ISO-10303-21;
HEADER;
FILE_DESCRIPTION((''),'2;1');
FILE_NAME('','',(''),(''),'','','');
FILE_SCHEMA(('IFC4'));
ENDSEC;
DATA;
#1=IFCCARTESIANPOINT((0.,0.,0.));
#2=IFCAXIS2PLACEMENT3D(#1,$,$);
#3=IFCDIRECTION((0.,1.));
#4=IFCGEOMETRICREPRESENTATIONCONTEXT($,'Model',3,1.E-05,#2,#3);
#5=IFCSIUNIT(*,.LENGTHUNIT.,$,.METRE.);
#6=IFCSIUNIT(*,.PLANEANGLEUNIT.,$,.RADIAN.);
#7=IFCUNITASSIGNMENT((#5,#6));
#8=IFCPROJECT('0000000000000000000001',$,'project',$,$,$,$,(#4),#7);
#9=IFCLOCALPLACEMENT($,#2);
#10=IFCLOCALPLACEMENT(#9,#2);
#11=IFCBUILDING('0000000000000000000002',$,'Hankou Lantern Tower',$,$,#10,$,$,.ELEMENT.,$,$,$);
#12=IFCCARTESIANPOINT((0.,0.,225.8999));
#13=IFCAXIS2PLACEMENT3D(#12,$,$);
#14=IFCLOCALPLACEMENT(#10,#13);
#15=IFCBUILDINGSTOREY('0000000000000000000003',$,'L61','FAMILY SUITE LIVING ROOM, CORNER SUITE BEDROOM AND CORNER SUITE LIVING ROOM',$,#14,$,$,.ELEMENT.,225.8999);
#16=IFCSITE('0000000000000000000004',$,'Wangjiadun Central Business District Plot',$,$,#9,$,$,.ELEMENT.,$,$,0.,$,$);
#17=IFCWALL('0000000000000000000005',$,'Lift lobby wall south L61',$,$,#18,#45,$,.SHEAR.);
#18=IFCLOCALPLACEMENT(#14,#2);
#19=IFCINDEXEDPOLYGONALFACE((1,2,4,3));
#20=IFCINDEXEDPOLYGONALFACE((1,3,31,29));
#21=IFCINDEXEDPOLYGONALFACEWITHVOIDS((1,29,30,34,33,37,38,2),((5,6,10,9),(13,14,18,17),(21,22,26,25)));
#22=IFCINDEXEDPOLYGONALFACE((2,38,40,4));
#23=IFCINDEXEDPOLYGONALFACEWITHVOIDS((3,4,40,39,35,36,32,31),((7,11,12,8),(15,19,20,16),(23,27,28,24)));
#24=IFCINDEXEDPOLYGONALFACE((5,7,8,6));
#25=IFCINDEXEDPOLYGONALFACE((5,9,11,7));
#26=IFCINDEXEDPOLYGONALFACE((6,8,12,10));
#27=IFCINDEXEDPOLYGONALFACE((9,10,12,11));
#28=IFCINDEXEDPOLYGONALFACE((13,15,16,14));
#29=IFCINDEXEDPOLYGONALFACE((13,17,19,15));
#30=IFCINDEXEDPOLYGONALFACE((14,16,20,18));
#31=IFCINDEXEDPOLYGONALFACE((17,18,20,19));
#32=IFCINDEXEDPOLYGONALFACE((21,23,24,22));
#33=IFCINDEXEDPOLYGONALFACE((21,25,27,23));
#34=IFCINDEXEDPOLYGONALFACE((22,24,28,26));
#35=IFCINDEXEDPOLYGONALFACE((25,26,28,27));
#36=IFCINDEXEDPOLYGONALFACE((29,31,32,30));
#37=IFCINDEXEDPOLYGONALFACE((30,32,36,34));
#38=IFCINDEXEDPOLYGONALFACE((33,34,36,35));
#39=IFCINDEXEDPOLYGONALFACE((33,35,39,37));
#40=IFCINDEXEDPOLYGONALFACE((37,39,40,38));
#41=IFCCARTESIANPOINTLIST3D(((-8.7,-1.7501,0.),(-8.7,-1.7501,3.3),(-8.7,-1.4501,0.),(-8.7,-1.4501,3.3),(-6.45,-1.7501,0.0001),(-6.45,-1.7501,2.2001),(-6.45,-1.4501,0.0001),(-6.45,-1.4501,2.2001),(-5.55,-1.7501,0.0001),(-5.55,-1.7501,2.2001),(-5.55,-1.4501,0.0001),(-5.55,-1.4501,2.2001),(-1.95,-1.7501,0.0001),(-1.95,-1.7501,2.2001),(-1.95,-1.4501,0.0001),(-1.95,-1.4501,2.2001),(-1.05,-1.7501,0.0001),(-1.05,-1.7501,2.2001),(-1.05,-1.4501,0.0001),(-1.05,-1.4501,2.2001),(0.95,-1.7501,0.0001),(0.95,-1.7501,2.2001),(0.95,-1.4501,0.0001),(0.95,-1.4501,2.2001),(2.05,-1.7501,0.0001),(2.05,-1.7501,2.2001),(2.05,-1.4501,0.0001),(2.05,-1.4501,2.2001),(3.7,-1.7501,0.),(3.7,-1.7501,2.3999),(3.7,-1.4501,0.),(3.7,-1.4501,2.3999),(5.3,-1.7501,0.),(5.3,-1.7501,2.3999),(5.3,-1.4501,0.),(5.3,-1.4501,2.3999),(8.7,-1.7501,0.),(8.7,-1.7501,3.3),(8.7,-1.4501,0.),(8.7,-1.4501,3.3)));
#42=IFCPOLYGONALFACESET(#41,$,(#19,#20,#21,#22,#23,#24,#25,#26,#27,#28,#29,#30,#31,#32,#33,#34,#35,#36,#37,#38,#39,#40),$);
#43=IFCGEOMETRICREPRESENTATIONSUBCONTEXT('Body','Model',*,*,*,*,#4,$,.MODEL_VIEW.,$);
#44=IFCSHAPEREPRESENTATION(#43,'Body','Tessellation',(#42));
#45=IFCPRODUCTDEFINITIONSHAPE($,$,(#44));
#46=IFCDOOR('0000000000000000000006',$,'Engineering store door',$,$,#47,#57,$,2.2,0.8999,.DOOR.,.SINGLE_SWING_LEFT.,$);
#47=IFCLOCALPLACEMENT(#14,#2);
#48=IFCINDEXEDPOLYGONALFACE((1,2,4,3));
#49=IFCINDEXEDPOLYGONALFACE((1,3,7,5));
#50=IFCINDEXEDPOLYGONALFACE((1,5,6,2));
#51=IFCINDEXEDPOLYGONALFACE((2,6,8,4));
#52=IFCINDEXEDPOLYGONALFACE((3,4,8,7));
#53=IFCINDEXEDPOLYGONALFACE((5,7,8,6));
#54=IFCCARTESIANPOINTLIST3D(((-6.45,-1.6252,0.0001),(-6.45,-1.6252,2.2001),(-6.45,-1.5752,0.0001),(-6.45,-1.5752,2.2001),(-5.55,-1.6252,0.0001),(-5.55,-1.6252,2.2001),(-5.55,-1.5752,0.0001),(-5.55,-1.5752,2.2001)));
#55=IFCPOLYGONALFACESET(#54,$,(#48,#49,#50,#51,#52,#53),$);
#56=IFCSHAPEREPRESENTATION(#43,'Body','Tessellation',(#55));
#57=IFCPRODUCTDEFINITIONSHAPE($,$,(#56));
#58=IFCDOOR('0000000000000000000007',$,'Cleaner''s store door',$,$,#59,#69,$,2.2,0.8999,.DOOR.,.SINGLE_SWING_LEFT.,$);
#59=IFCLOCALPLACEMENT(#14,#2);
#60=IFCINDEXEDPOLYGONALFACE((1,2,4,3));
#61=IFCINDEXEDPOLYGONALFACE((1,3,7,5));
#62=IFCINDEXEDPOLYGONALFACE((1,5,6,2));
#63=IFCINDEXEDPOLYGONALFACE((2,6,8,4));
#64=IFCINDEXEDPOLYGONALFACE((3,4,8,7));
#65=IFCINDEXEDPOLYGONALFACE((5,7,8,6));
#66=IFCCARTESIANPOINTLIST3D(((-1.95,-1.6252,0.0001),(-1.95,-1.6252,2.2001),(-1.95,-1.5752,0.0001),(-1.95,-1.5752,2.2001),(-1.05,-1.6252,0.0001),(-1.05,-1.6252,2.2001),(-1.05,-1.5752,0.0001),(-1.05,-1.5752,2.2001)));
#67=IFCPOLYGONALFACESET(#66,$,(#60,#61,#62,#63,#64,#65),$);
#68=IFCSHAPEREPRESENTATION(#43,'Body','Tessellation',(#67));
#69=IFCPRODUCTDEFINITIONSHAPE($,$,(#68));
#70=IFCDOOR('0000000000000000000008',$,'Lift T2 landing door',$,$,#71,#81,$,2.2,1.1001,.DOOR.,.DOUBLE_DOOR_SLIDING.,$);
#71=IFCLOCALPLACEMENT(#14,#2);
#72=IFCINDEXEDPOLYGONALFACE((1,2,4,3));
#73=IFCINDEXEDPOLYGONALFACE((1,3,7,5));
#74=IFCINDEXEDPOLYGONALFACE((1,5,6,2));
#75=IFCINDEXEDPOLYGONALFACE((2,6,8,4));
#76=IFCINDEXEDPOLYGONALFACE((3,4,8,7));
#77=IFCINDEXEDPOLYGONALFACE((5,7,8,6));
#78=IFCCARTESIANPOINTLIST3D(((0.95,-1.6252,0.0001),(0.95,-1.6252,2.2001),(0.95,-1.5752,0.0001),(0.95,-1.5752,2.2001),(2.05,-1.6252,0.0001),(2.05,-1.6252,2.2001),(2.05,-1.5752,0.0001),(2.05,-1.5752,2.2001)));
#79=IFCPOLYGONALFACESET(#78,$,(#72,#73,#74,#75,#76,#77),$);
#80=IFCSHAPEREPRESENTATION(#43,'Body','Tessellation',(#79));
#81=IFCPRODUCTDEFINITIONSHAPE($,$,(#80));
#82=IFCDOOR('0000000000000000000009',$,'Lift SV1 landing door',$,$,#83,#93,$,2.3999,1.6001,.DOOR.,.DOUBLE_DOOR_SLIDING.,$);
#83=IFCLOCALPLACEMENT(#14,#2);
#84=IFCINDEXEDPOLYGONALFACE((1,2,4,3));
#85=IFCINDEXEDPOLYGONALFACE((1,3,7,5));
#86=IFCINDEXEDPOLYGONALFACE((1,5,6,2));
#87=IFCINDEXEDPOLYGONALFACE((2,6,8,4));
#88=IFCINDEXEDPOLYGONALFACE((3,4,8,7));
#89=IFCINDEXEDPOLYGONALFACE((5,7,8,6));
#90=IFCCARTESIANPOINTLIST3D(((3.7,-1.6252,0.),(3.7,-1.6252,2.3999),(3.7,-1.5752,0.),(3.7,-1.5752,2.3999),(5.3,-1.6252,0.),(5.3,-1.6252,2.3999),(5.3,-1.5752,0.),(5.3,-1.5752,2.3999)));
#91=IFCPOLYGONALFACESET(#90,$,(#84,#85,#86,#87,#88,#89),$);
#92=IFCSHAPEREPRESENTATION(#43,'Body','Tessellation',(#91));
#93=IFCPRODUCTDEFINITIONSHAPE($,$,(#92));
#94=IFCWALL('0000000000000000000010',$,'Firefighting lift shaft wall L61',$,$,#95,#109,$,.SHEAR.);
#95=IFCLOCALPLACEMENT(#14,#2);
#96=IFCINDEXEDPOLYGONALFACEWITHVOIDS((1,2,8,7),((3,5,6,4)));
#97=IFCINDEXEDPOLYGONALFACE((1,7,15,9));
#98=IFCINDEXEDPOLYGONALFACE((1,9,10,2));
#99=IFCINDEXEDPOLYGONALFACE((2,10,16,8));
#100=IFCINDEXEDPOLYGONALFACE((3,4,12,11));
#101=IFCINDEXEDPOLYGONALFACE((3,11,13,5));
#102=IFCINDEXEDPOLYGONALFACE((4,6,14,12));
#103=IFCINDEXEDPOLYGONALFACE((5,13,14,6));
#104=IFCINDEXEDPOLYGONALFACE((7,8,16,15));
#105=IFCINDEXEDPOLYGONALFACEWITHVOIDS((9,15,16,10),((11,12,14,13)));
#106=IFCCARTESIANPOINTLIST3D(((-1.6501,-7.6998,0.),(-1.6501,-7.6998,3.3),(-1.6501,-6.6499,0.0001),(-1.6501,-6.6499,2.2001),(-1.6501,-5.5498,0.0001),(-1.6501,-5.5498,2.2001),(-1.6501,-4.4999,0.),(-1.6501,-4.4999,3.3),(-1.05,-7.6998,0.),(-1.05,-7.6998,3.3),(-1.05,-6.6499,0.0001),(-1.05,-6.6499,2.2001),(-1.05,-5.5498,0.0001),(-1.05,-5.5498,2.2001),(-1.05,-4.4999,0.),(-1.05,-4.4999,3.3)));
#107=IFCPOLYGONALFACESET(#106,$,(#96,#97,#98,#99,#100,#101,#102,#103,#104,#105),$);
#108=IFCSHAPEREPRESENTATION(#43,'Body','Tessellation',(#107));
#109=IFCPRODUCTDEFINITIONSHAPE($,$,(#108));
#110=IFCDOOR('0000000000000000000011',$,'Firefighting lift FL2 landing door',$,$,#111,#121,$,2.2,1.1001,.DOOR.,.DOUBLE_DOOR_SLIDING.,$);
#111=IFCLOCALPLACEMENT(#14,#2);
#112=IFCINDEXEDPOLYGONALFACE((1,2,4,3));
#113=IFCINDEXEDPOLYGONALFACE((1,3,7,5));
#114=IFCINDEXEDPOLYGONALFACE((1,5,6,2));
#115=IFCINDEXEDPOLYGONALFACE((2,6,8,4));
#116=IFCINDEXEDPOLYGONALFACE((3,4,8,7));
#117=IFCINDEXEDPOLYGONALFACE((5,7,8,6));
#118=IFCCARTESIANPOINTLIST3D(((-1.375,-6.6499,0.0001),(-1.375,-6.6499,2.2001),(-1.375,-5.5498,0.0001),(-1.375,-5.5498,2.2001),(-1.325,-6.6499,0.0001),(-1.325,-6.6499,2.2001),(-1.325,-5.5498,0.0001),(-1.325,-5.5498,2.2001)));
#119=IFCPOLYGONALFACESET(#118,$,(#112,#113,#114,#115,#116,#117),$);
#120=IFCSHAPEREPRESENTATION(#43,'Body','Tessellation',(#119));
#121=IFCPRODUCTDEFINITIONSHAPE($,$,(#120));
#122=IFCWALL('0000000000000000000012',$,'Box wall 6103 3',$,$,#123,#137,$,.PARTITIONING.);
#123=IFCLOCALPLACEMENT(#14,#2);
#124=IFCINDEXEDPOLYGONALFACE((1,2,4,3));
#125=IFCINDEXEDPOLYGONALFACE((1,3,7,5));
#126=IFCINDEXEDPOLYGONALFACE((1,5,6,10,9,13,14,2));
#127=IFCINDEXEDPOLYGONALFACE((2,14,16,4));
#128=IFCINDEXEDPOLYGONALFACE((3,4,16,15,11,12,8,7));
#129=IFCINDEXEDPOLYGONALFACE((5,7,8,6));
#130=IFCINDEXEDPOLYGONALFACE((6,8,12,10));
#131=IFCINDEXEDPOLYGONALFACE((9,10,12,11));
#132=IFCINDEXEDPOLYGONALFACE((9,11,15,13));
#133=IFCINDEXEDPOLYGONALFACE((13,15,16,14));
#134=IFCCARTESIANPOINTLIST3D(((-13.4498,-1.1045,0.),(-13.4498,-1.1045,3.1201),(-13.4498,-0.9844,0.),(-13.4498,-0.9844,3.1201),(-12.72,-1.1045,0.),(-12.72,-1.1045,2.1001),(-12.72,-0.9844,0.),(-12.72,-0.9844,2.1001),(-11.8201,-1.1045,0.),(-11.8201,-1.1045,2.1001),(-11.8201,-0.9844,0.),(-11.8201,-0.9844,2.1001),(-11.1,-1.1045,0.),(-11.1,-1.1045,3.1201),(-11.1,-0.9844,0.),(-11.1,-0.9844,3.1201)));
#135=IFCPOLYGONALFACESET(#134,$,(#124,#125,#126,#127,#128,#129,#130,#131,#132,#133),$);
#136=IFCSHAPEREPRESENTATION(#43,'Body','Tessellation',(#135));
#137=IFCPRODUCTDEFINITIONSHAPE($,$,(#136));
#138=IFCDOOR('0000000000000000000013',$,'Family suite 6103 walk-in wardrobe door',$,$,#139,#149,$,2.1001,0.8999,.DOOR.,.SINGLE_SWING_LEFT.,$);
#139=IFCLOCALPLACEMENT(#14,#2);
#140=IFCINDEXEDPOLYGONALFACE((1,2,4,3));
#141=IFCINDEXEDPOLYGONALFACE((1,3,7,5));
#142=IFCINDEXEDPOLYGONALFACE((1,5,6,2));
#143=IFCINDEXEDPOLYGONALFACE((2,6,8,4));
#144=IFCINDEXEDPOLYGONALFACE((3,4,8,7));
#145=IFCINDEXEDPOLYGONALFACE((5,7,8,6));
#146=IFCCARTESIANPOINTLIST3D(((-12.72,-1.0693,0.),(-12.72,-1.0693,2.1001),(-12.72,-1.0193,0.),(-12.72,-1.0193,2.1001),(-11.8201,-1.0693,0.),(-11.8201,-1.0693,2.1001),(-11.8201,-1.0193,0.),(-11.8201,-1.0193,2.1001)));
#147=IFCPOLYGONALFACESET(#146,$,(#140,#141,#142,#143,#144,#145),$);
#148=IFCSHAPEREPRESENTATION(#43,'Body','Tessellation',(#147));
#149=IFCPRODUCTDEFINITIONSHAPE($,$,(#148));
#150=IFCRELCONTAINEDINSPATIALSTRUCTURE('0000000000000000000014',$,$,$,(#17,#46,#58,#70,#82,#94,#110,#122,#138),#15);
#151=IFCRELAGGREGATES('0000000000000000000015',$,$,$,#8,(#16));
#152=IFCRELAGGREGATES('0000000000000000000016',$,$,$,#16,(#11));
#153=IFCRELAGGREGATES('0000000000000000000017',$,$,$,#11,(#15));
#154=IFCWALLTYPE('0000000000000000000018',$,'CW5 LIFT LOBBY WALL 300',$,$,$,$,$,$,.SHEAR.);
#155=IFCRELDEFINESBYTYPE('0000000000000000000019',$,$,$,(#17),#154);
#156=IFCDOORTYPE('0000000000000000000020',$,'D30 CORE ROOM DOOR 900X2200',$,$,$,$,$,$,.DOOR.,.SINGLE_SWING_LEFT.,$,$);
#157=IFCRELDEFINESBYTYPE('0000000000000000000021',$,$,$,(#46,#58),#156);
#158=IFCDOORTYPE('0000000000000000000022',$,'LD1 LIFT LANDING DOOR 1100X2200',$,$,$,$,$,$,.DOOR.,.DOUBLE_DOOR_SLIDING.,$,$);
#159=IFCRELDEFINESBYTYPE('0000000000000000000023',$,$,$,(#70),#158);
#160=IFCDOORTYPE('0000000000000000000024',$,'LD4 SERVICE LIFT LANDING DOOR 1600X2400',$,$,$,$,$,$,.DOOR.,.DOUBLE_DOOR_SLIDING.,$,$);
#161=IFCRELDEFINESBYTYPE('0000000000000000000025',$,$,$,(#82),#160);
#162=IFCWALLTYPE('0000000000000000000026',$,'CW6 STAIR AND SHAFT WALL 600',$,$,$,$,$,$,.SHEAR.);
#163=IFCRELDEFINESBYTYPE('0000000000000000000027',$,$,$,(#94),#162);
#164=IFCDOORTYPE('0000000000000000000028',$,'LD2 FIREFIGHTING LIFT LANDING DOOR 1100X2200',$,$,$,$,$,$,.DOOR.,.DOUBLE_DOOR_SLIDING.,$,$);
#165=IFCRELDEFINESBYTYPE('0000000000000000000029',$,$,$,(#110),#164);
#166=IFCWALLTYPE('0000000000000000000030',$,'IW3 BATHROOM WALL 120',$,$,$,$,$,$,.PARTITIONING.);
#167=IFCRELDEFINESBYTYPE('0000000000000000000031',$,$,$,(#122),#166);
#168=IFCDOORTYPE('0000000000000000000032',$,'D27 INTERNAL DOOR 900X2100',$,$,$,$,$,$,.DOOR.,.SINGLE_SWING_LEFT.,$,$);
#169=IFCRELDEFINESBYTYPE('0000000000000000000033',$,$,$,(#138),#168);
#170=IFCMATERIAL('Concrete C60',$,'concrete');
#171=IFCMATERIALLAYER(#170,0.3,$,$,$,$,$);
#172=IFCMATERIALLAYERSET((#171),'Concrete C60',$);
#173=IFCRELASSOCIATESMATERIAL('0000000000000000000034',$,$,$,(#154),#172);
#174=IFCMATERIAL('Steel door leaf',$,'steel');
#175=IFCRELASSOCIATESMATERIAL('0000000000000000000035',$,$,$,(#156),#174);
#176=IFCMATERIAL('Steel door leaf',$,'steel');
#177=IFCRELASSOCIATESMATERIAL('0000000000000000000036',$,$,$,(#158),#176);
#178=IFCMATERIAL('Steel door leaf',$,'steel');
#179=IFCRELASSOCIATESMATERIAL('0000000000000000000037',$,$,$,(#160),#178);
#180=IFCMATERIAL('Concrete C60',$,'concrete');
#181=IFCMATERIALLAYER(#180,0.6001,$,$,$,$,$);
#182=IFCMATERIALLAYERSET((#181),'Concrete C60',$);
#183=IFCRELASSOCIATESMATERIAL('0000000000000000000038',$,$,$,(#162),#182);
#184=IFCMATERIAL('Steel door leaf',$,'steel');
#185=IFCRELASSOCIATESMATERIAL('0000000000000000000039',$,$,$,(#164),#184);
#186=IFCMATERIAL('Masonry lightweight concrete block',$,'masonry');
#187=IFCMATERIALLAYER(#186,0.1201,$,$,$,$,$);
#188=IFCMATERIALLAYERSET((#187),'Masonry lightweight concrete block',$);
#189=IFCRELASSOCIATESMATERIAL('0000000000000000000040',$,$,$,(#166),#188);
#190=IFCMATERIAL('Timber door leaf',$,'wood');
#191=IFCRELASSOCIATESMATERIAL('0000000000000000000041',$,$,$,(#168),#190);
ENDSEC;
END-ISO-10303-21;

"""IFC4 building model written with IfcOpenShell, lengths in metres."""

from ifc_helpers import new_model, si_unit, direction, frame, frame_2d, origin, place, context, subcontext, project, spatial, rectangle, extrude, material, layer, layer_set, type_object, element, fill, save


model = new_model("IFC4")

# Units and contexts
model_context = context("Model", 3, precision=1e-05, world=origin(), true_north=direction((0.0, 1.0)))
body_context = subcontext(model_context, "Body", "Model", "MODEL_VIEW")
ifc_project = project(units=[si_unit("LENGTHUNIT", "METRE"), si_unit("PLANEANGLEUNIT", "RADIAN")], contexts=[model_context])

# Site, building, storey
site_placement = place(None, origin())
site = spatial("IfcSite", under=ifc_project, at=site_placement, Name="Wangjiadun Central Business District Plot", CompositionType="ELEMENT", RefElevation=0.0)
building_placement = place(site_placement, origin())
building = spatial("IfcBuilding", under=site, at=building_placement, Name="Hankou Lantern Tower", CompositionType="ELEMENT")
storey_placement = place(building_placement, frame((0.0, 0.0, 225.8999)))
storey = spatial("IfcBuildingStorey", under=building, at=storey_placement, Name="L61", Description="FAMILY SUITE LIVING ROOM, CORNER SUITE BEDROOM AND CORNER SUITE LIVING ROOM", CompositionType="ELEMENT", Elevation=225.8999)

# Wall, openings, doors
ifc_material_1 = material(Name="Concrete C60", Category="concrete")
ifc_layer_1 = layer(ifc_material_1, 0.3)
ifc_layer_set_1 = layer_set([ifc_layer_1], Name="Concrete C60")
wall_type_1 = type_object("IfcWallType", Name="CW5 LIFT LOBBY WALL 300", PredefinedType="SHEAR", material=ifc_layer_set_1)
wall_1_placement = place(storey_placement, frame((-8.7, -1.6001, 0.0), z_axis=(0.0, 0.0, 1.0), x_axis=(1.0, 0.0, 0.0)))
wall_1 = element("IfcWall", 1, at=wall_1_placement, inside=storey, type_object=wall_type_1, Name="Lift lobby wall south L61", PredefinedType="SHEAR", context=body_context, shape_type="SweptSolid", body=[
    extrude(rectangle(XDim=17.3999, YDim=0.3, at=frame_2d((8.7, 0.0))), origin(), (0.0, 0.0, 1.0), 3.3),
])
opening_1_placement = place(wall_1_placement, frame((9.6499, 0.0, 0.0)))
opening_1 = element("IfcOpeningElement", 2, at=opening_1_placement, cuts=wall_1, PredefinedType="OPENING", context=body_context, shape_type="SweptSolid", body=[
    extrude(rectangle(XDim=1.1001, YDim=2.2, at=frame_2d((0.55, 1.1001))), frame((0.0, 0.1599, 0.0), z_axis=(0.0, -1.0, 0.0), x_axis=(1.0, 0.0, 0.0)), (0.0, 0.0, 1.0), 0.3201),
])
opening_2_placement = place(wall_1_placement, frame((12.3999, 0.0, 0.0)))
opening_2 = element("IfcOpeningElement", 3, at=opening_2_placement, cuts=wall_1, PredefinedType="OPENING", context=body_context, shape_type="SweptSolid", body=[
    extrude(rectangle(XDim=1.6001, YDim=2.3999, at=frame_2d((0.8, 1.2))), frame((0.0, 0.1599, 0.0), z_axis=(0.0, -1.0, 0.0), x_axis=(1.0, 0.0, 0.0)), (0.0, 0.0, 1.0), 0.3201),
])
opening_3_placement = place(wall_1_placement, frame((2.25, 0.0, 0.0)))
opening_3 = element("IfcOpeningElement", 4, at=opening_3_placement, cuts=wall_1, PredefinedType="OPENING", context=body_context, shape_type="SweptSolid", body=[
    extrude(rectangle(XDim=0.8999, YDim=2.2, at=frame_2d((0.45, 1.1001))), frame((0.0, 0.1599, 0.0), z_axis=(0.0, -1.0, 0.0), x_axis=(1.0, 0.0, 0.0)), (0.0, 0.0, 1.0), 0.3201),
])
opening_4_placement = place(wall_1_placement, frame((6.75, 0.0, 0.0)))
opening_4 = element("IfcOpeningElement", 5, at=opening_4_placement, cuts=wall_1, PredefinedType="OPENING", context=body_context, shape_type="SweptSolid", body=[
    extrude(rectangle(XDim=0.8999, YDim=2.2, at=frame_2d((0.45, 1.1001))), frame((0.0, 0.1599, 0.0), z_axis=(0.0, -1.0, 0.0), x_axis=(1.0, 0.0, 0.0)), (0.0, 0.0, 1.0), 0.3201),
])
ifc_material_2 = material(Name="Steel door leaf", Category="steel")
door_type_1 = type_object("IfcDoorType", Name="D30 CORE ROOM DOOR 900X2200", OperationType="SINGLE_SWING_LEFT", PredefinedType="DOOR", material=ifc_material_2)
door_1_placement = place(opening_3_placement, origin())
door_1 = element("IfcDoor", 6, at=door_1_placement, inside=storey, type_object=door_type_1, Name="Engineering store door", OperationType="SINGLE_SWING_LEFT", OverallHeight=2.2, OverallWidth=0.8999, PredefinedType="DOOR", context=body_context, shape_type="SweptSolid", body=[
    extrude(rectangle(XDim=0.8999, YDim=2.2, at=frame_2d((0.45, 1.1001))), frame((0.0, 0.0249, 0.0), z_axis=(0.0, -1.0, 0.0), x_axis=(1.0, 0.0, 0.0)), (0.0, 0.0, 1.0), 0.05),
])
fill(opening_3, door_1)
door_2_placement = place(opening_4_placement, origin())
door_2 = element("IfcDoor", 7, at=door_2_placement, inside=storey, type_object=door_type_1, Name="Cleaner's store door", OperationType="SINGLE_SWING_LEFT", OverallHeight=2.2, OverallWidth=0.8999, PredefinedType="DOOR", context=body_context, shape_type="SweptSolid", body=[
    extrude(rectangle(XDim=0.8999, YDim=2.2, at=frame_2d((0.45, 1.1001))), frame((0.0, 0.0249, 0.0), z_axis=(0.0, -1.0, 0.0), x_axis=(1.0, 0.0, 0.0)), (0.0, 0.0, 1.0), 0.05),
])
fill(opening_4, door_2)
ifc_material_3 = material(Name="Steel door leaf", Category="steel")
door_type_2 = type_object("IfcDoorType", Name="LD1 LIFT LANDING DOOR 1100X2200", OperationType="DOUBLE_DOOR_SLIDING", PredefinedType="DOOR", material=ifc_material_3)
door_3_placement = place(opening_1_placement, origin())
door_3 = element("IfcDoor", 8, at=door_3_placement, inside=storey, type_object=door_type_2, Name="Lift T2 landing door", OperationType="DOUBLE_DOOR_SLIDING", OverallHeight=2.2, OverallWidth=1.1001, PredefinedType="DOOR", context=body_context, shape_type="SweptSolid", body=[
    extrude(rectangle(XDim=1.1001, YDim=2.2, at=frame_2d((0.55, 1.1001))), frame((0.0, 0.0249, 0.0), z_axis=(0.0, -1.0, 0.0), x_axis=(1.0, 0.0, 0.0)), (0.0, 0.0, 1.0), 0.05),
])
fill(opening_1, door_3)
ifc_material_4 = material(Name="Steel door leaf", Category="steel")
door_type_3 = type_object("IfcDoorType", Name="LD4 SERVICE LIFT LANDING DOOR 1600X2400", OperationType="DOUBLE_DOOR_SLIDING", PredefinedType="DOOR", material=ifc_material_4)
door_4_placement = place(opening_2_placement, origin())
door_4 = element("IfcDoor", 9, at=door_4_placement, inside=storey, type_object=door_type_3, Name="Lift SV1 landing door", OperationType="DOUBLE_DOOR_SLIDING", OverallHeight=2.3999, OverallWidth=1.6001, PredefinedType="DOOR", context=body_context, shape_type="SweptSolid", body=[
    extrude(rectangle(XDim=1.6001, YDim=2.3999, at=frame_2d((0.8, 1.2))), frame((0.0, 0.0249, 0.0), z_axis=(0.0, -1.0, 0.0), x_axis=(1.0, 0.0, 0.0)), (0.0, 0.0, 1.0), 0.05),
])
fill(opening_2, door_4)

# Walls, openings, doors
ifc_material_5 = material(Name="Concrete C60", Category="concrete")
ifc_layer_2 = layer(ifc_material_5, 0.6001)
ifc_layer_set_2 = layer_set([ifc_layer_2], Name="Concrete C60")
wall_type_2 = type_object("IfcWallType", Name="CW6 STAIR AND SHAFT WALL 600", PredefinedType="SHEAR", material=ifc_layer_set_2)
wall_2_placement = place(storey_placement, frame((-1.3501, -7.7, 0.0), z_axis=(0.0, 0.0, 1.0), x_axis=(0.0, 1.0, 0.0)))
wall_2 = element("IfcWall", 10, at=wall_2_placement, inside=storey, type_object=wall_type_2, Name="Firefighting lift shaft wall L61", PredefinedType="SHEAR", context=body_context, shape_type="SweptSolid", body=[
    extrude(rectangle(XDim=3.2, YDim=0.6001, at=frame_2d((1.6001, 0.0))), origin(), (0.0, 0.0, 1.0), 3.3),
])
opening_5_placement = place(wall_2_placement, frame((1.05, 0.0, 0.0)))
opening_5 = element("IfcOpeningElement", 11, at=opening_5_placement, cuts=wall_2, PredefinedType="OPENING", context=body_context, shape_type="SweptSolid", body=[
    extrude(rectangle(XDim=1.1001, YDim=2.2, at=frame_2d((0.55, 1.1001))), frame((0.0, 0.3101, 0.0), z_axis=(0.0, -1.0, 0.0), x_axis=(1.0, 0.0, 0.0)), (0.0, 0.0, 1.0), 0.6201),
])
ifc_material_6 = material(Name="Steel door leaf", Category="steel")
door_type_4 = type_object("IfcDoorType", Name="LD2 FIREFIGHTING LIFT LANDING DOOR 1100X2200", OperationType="DOUBLE_DOOR_SLIDING", PredefinedType="DOOR", material=ifc_material_6)
door_5_placement = place(opening_5_placement, origin())
door_5 = element("IfcDoor", 12, at=door_5_placement, inside=storey, type_object=door_type_4, Name="Firefighting lift FL2 landing door", OperationType="DOUBLE_DOOR_SLIDING", OverallHeight=2.2, OverallWidth=1.1001, PredefinedType="DOOR", context=body_context, shape_type="SweptSolid", body=[
    extrude(rectangle(XDim=1.1001, YDim=2.2, at=frame_2d((0.55, 1.1001))), frame((0.0, 0.0249, 0.0), z_axis=(0.0, -1.0, 0.0), x_axis=(1.0, 0.0, 0.0)), (0.0, 0.0, 1.0), 0.05),
])
fill(opening_5, door_5)
ifc_material_7 = material(Name="Masonry lightweight concrete block", Category="masonry")
ifc_layer_3 = layer(ifc_material_7, 0.1201)
ifc_layer_set_3 = layer_set([ifc_layer_3], Name="Masonry lightweight concrete block")
wall_type_3 = type_object("IfcWallType", Name="IW3 BATHROOM WALL 120", PredefinedType="PARTITIONING", material=ifc_layer_set_3)
wall_3_placement = place(storey_placement, frame((-11.1001, -1.0444, 0.0), z_axis=(0.0, 0.0, 1.0), x_axis=(-1.0, 0.0, 0.0)))
wall_3 = element("IfcWall", 13, at=wall_3_placement, inside=storey, type_object=wall_type_3, Name="Box wall 6103 3", PredefinedType="PARTITIONING", context=body_context, shape_type="SweptSolid", body=[
    extrude(rectangle(XDim=2.3499, YDim=0.1201, at=frame_2d((1.1748, 0.0))), origin(), (0.0, 0.0, 1.0), 3.1201),
])
opening_6_placement = place(wall_3_placement, frame((0.72, 0.0, 0.0)))
opening_6 = element("IfcOpeningElement", 14, at=opening_6_placement, cuts=wall_3, PredefinedType="OPENING", context=body_context, shape_type="SweptSolid", body=[
    extrude(rectangle(XDim=0.8999, YDim=2.1001, at=frame_2d((0.45, 1.05))), frame((0.0, 0.0701, 0.0), z_axis=(0.0, -1.0, 0.0), x_axis=(1.0, 0.0, 0.0)), (0.0, 0.0, 1.0), 0.1401),
])
ifc_material_8 = material(Name="Timber door leaf", Category="wood")
door_type_5 = type_object("IfcDoorType", Name="D27 INTERNAL DOOR 900X2100", OperationType="SINGLE_SWING_LEFT", PredefinedType="DOOR", material=ifc_material_8)
door_6_placement = place(opening_6_placement, origin())
door_6 = element("IfcDoor", 15, at=door_6_placement, inside=storey, type_object=door_type_5, Name="Family suite 6103 walk-in wardrobe door", OperationType="SINGLE_SWING_LEFT", OverallHeight=2.1001, OverallWidth=0.8999, PredefinedType="DOOR", context=body_context, shape_type="SweptSolid", body=[
    extrude(rectangle(XDim=0.8999, YDim=2.1001, at=frame_2d((0.45, 1.05))), frame((0.0, 0.0249, 0.0), z_axis=(0.0, -1.0, 0.0), x_axis=(1.0, 0.0, 0.0)), (0.0, 0.0, 1.0), 0.05),
])
fill(opening_6, door_6)

save(model, "model.ifc")
